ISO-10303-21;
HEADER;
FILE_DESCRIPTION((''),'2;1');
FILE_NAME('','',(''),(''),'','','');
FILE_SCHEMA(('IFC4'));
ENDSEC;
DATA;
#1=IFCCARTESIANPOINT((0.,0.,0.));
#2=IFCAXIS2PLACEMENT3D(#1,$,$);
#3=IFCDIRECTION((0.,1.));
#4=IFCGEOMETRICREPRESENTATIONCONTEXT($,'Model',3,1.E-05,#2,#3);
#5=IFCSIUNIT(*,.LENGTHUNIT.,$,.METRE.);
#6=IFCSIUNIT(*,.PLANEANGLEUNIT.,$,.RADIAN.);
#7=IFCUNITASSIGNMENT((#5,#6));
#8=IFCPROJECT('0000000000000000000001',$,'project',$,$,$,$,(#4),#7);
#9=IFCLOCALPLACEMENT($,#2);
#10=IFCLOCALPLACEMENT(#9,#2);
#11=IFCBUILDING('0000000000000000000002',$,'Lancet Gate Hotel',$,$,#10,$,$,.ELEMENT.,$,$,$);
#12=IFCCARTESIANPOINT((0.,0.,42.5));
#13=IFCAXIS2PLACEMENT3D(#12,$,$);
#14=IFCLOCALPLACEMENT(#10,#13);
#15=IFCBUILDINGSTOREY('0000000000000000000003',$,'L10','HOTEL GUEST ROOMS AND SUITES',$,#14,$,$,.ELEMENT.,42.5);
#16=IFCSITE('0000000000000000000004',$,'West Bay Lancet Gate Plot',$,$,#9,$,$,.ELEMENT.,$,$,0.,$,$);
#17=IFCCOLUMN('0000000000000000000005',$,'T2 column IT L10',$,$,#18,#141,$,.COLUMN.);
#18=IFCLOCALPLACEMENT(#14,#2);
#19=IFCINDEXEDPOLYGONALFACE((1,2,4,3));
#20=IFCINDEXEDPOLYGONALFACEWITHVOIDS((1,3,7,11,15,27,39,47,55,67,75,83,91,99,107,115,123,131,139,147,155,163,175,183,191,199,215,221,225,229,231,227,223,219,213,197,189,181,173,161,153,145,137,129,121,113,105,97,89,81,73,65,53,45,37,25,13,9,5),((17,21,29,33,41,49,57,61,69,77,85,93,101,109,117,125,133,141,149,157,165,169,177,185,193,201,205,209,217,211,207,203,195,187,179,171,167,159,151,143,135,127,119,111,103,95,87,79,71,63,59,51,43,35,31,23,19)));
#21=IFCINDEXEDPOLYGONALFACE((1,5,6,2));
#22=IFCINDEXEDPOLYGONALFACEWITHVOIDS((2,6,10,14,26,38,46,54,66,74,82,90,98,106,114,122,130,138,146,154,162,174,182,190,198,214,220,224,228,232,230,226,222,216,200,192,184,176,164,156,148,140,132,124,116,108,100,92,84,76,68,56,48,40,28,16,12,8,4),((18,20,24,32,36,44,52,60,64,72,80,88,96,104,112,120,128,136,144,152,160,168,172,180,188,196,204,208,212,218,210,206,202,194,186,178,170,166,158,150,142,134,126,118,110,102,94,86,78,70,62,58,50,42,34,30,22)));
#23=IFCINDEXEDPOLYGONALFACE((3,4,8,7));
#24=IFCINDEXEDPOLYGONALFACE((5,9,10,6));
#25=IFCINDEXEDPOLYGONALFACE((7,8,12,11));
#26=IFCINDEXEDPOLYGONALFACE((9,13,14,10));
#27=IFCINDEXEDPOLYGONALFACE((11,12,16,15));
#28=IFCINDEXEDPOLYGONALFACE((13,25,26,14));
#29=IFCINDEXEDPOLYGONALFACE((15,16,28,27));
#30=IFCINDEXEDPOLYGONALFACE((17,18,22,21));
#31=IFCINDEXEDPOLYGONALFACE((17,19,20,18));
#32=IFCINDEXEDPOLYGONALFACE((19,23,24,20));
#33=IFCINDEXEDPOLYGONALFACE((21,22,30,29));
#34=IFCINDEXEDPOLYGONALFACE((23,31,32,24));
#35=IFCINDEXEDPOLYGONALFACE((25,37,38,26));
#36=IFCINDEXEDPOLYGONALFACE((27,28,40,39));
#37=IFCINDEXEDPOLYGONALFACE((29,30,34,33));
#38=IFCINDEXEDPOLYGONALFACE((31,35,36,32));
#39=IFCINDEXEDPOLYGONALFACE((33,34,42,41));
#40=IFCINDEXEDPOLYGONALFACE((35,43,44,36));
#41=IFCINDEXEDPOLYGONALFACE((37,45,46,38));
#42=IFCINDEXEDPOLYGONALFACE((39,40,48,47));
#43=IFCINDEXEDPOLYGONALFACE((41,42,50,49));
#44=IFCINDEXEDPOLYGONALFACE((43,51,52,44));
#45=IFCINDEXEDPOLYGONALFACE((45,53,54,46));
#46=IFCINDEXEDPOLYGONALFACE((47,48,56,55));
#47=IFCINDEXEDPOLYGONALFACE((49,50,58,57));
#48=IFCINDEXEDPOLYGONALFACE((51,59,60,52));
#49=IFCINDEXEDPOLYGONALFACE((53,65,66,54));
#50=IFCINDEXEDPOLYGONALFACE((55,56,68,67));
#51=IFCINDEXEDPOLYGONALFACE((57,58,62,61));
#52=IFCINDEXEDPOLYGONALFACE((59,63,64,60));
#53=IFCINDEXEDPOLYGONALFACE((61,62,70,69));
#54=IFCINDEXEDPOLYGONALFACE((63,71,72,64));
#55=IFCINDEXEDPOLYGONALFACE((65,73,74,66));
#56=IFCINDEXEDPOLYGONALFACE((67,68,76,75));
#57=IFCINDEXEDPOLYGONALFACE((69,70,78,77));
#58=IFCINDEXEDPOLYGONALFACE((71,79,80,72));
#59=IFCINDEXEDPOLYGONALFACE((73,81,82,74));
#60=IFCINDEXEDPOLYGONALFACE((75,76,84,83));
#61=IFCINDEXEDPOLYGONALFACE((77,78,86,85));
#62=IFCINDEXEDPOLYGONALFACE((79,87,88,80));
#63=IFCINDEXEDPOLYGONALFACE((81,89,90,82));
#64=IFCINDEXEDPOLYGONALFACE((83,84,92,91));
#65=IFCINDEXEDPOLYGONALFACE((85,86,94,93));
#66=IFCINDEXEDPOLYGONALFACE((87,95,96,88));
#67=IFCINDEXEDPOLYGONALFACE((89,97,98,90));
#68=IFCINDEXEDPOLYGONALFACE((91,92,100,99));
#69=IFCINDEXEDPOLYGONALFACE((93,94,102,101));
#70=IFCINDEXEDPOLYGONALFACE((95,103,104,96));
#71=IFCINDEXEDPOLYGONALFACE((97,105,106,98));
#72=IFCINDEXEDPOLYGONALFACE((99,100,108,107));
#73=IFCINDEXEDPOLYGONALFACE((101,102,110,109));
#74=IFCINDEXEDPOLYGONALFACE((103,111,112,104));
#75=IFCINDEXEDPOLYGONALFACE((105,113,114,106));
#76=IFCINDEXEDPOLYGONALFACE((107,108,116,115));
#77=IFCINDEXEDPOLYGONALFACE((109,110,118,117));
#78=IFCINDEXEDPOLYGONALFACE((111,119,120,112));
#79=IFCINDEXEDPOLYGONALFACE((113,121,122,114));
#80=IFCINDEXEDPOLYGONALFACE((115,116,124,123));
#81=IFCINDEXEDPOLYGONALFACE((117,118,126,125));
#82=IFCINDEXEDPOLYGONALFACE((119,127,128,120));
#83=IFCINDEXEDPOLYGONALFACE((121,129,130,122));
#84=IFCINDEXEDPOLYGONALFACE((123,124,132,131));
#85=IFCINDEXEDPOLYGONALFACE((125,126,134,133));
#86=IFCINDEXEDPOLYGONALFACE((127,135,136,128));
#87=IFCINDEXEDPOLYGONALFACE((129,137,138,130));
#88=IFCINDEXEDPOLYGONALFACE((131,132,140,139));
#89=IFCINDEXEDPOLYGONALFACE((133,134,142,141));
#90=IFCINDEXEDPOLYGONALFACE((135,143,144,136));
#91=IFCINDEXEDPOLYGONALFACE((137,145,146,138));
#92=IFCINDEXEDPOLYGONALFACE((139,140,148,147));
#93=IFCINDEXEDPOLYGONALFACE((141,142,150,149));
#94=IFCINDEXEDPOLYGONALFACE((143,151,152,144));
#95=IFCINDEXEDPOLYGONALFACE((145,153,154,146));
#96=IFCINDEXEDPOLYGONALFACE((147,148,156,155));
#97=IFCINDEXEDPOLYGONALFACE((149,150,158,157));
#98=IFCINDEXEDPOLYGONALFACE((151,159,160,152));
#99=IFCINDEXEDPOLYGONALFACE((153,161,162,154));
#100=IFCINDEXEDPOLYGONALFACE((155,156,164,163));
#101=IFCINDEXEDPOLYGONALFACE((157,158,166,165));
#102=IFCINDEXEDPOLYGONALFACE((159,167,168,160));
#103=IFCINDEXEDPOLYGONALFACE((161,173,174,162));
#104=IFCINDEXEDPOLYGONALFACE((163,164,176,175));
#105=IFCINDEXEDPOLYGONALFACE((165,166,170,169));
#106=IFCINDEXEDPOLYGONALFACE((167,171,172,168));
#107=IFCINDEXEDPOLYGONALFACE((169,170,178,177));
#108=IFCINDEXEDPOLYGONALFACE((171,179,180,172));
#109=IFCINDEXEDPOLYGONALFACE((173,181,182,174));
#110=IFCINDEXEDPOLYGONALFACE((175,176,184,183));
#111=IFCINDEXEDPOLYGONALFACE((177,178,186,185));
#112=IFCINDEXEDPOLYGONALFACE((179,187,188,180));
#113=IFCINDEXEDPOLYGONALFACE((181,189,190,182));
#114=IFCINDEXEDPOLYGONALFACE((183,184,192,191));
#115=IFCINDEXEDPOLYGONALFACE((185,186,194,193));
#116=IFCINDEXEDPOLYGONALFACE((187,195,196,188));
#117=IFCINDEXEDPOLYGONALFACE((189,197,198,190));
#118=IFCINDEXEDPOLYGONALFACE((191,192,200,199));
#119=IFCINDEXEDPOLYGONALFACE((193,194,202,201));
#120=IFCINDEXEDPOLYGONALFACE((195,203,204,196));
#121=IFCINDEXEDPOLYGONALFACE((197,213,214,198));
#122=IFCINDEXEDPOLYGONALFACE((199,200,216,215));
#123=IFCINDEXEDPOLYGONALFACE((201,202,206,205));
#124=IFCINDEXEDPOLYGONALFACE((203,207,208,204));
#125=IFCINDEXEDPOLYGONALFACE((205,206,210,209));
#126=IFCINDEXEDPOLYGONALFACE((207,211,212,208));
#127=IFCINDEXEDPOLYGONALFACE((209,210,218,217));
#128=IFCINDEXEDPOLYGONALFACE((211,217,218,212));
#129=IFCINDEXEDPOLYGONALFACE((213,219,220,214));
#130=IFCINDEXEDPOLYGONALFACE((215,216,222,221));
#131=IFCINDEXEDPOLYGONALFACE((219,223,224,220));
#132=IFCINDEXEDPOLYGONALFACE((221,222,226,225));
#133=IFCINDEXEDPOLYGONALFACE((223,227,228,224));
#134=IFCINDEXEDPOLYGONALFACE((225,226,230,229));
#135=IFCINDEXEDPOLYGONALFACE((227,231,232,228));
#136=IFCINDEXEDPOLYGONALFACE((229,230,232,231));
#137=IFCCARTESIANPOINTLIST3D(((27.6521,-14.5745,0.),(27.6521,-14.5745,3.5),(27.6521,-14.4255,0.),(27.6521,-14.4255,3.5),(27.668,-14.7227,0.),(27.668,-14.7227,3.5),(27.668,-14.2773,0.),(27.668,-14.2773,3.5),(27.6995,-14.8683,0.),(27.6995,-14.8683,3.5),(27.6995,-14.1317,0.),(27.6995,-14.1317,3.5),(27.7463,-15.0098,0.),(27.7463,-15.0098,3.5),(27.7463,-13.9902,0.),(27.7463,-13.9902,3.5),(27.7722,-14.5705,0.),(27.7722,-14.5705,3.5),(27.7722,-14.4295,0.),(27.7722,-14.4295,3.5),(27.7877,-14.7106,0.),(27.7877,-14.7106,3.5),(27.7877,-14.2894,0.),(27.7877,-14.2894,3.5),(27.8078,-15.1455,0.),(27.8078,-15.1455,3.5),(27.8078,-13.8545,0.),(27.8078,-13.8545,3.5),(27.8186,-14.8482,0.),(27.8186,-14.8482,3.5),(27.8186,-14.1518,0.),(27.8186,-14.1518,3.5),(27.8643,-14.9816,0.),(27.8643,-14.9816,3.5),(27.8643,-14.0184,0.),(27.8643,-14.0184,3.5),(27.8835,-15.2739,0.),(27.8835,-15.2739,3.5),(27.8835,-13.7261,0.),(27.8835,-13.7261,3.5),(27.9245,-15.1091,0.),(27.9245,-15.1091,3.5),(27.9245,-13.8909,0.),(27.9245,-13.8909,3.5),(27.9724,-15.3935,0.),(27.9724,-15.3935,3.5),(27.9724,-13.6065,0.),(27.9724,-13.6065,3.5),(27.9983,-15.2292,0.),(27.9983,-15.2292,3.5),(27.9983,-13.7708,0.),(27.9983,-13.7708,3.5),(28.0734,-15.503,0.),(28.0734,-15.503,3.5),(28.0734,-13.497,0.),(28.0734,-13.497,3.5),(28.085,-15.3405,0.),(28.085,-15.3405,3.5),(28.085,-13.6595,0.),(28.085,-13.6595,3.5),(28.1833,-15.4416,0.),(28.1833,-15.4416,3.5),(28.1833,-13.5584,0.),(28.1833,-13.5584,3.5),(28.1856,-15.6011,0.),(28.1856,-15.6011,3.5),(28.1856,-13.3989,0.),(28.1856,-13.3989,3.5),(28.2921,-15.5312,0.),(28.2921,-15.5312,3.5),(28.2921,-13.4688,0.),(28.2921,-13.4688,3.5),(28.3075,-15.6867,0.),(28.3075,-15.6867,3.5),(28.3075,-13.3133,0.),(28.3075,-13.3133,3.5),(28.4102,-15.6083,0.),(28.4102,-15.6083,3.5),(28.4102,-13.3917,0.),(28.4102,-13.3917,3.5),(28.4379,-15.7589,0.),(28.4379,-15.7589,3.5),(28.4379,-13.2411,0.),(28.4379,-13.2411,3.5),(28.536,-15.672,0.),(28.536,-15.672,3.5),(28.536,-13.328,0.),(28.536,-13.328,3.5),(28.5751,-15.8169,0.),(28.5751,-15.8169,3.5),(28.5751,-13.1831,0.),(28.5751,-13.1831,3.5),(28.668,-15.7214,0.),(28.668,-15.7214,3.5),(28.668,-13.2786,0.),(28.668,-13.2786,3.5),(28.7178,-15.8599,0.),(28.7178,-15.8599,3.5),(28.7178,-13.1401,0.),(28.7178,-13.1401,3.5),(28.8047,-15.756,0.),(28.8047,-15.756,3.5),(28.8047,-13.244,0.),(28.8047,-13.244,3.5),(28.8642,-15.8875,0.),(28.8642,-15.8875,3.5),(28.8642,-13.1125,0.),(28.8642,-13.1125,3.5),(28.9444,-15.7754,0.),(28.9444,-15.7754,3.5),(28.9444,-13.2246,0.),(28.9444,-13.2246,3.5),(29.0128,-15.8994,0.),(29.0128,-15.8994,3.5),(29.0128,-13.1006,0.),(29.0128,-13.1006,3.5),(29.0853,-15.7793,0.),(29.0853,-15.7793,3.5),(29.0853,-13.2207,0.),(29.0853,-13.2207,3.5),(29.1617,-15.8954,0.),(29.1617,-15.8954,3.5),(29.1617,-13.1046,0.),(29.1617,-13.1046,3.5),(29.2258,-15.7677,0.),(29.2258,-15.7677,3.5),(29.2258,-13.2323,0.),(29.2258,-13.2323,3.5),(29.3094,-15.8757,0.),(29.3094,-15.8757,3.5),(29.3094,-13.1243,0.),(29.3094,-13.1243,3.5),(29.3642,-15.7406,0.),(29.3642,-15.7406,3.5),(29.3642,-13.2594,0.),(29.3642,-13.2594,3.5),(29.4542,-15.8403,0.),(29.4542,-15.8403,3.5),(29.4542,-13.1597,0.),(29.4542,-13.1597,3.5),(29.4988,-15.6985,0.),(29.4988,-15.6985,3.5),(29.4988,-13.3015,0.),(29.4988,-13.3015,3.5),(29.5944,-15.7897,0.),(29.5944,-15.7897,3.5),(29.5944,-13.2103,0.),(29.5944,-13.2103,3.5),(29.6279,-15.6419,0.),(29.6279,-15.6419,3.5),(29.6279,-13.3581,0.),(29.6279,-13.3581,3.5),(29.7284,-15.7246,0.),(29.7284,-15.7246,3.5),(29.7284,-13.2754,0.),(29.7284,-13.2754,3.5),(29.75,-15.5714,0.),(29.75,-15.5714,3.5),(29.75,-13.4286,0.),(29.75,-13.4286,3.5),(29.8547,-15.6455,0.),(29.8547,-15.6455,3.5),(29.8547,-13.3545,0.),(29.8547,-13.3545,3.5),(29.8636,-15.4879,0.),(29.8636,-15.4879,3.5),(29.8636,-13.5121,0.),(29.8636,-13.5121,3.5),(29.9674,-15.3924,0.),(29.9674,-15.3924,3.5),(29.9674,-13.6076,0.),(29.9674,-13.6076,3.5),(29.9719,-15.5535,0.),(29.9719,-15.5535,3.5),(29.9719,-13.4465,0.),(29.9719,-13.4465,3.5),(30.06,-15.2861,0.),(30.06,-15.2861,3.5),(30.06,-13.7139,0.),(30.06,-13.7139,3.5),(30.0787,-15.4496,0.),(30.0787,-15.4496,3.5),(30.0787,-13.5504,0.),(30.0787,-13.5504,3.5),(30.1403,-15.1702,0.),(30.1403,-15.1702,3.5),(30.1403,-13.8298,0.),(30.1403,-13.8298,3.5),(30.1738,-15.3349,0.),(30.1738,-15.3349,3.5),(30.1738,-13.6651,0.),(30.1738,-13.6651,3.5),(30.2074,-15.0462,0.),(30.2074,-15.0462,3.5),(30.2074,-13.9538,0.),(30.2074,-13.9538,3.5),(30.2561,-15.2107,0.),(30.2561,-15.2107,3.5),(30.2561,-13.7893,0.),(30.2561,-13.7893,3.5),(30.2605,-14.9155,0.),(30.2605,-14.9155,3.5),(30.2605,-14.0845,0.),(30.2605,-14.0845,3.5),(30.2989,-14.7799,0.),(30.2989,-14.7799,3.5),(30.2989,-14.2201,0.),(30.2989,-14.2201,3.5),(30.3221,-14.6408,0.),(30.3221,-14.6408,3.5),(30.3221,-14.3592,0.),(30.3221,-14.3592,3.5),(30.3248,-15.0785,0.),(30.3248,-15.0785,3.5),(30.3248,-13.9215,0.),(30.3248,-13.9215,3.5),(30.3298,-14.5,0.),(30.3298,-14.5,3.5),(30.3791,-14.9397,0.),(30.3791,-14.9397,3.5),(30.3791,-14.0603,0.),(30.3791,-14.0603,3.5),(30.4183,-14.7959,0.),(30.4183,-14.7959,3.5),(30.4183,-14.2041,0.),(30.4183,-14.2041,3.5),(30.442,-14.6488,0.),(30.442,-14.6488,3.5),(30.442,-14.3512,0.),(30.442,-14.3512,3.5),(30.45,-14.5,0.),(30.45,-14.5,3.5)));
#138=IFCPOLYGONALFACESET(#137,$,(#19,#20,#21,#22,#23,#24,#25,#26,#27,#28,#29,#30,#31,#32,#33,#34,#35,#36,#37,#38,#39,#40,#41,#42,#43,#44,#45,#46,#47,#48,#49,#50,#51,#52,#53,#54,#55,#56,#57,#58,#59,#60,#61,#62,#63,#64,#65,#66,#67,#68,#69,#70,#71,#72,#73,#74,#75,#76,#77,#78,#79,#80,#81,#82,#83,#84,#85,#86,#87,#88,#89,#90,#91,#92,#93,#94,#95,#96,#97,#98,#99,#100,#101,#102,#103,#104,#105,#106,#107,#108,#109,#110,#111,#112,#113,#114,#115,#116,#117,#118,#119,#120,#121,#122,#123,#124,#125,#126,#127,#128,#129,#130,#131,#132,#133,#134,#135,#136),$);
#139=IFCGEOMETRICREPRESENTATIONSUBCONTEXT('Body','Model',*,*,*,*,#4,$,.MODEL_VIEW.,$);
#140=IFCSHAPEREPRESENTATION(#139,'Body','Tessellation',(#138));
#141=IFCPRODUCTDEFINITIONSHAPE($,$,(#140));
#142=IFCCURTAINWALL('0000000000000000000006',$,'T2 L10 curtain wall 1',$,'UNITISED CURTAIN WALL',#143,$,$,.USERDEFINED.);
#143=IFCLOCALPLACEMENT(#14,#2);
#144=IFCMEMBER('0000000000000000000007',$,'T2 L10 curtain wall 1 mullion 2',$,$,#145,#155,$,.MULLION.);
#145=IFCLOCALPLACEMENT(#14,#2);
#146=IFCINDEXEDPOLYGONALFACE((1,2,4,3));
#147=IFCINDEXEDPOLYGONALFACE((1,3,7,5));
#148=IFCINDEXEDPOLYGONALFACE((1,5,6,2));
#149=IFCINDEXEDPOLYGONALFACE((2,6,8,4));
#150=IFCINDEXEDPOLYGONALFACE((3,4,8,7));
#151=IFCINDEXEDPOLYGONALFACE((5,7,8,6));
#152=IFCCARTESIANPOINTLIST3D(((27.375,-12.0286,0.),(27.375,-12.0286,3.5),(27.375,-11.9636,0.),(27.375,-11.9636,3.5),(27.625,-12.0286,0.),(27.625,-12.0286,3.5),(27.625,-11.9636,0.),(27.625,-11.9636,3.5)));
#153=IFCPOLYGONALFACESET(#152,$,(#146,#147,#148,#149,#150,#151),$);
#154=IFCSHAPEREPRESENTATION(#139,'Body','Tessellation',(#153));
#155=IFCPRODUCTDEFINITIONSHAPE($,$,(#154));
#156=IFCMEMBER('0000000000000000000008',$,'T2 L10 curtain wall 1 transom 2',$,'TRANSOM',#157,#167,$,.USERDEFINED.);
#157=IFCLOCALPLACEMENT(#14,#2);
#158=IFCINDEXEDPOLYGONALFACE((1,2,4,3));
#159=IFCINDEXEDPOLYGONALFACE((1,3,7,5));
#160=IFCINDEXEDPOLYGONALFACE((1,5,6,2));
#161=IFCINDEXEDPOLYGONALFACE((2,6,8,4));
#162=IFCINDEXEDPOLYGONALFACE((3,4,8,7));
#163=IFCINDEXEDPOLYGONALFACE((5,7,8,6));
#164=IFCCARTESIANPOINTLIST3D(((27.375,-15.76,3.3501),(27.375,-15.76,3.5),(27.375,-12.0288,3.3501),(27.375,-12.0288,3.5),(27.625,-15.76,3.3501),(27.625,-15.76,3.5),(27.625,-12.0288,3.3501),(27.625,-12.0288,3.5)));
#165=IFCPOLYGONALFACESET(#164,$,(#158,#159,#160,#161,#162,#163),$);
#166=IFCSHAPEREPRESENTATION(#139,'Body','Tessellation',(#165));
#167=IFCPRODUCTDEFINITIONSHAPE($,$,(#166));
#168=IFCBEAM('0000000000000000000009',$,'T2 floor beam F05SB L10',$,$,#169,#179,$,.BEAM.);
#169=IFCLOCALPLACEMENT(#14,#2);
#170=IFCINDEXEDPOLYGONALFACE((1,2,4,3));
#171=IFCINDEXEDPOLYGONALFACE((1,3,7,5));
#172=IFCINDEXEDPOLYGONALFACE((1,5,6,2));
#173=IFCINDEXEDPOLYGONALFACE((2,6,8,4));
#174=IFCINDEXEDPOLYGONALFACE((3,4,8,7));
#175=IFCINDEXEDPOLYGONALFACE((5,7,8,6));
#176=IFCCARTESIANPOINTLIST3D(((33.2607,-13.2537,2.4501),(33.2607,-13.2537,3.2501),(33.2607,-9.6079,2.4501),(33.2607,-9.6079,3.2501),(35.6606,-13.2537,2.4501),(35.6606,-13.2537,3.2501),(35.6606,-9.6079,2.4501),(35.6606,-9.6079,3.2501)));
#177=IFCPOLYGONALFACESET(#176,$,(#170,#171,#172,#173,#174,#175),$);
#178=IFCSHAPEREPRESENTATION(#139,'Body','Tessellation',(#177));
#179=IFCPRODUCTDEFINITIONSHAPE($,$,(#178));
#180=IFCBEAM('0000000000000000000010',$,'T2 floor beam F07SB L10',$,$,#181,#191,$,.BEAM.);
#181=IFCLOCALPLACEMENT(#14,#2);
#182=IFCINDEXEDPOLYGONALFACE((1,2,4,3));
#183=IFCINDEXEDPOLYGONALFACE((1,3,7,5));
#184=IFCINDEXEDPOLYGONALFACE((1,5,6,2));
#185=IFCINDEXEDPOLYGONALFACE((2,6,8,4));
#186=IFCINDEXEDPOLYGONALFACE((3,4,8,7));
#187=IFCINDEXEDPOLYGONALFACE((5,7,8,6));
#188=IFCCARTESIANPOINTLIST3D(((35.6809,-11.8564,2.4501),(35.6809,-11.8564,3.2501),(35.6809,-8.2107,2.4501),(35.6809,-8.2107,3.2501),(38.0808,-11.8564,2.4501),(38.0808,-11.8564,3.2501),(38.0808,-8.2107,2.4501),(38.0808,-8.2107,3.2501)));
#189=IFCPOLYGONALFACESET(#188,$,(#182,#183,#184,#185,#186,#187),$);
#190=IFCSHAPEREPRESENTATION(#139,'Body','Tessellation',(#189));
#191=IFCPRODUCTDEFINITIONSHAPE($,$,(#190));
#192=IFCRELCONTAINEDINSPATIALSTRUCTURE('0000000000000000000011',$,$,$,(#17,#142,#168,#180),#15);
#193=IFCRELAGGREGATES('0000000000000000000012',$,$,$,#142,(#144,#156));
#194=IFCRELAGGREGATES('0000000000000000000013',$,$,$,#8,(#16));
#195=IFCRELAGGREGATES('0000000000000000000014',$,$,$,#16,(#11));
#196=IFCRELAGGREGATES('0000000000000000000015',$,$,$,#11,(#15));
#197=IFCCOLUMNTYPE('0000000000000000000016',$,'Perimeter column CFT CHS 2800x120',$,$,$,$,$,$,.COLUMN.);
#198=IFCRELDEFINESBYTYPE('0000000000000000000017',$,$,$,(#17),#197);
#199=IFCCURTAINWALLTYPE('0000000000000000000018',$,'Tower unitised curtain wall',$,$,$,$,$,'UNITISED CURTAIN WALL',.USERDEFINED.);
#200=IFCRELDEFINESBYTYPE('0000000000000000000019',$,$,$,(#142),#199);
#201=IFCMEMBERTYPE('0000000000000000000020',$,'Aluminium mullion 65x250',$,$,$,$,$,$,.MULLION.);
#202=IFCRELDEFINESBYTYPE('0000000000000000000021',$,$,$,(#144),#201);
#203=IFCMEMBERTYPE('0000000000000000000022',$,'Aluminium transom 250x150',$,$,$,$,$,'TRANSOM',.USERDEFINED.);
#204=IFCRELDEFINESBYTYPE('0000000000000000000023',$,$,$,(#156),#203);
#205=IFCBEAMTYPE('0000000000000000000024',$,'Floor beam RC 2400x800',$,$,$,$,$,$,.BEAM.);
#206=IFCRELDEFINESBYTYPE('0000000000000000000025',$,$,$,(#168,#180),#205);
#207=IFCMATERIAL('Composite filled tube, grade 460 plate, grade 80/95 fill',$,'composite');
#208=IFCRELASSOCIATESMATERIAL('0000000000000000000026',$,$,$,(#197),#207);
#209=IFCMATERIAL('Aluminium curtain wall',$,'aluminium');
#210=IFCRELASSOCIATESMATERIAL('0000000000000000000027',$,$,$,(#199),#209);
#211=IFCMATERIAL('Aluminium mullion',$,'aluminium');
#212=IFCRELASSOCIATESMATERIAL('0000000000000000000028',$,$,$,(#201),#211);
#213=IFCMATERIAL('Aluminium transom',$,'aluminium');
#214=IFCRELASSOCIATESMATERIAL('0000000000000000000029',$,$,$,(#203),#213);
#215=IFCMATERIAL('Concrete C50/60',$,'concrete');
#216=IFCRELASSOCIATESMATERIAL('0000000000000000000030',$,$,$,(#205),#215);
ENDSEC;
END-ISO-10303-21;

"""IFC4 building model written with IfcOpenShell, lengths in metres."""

from ifc_helpers import new_model, si_unit, direction, frame, origin, origin_2d, place, context, subcontext, project, spatial, rectangle, hollow_circle, extrude, material, material_profile, profile_set, type_object, element, aggregate, save


model = new_model("IFC4")

# Units and contexts
model_context = context("Model", 3, precision=1e-05, world=origin(), true_north=direction((0.0, 1.0)))
body_context = subcontext(model_context, "Body", "Model", "MODEL_VIEW")
ifc_project = project(units=[si_unit("LENGTHUNIT", "METRE"), si_unit("PLANEANGLEUNIT", "RADIAN")], contexts=[model_context])

# Site, building, storey
site_placement = place(None, origin())
site = spatial("IfcSite", under=ifc_project, at=site_placement, Name="West Bay Lancet Gate Plot", CompositionType="ELEMENT", RefElevation=0.0)
building_placement = place(site_placement, origin())
building = spatial("IfcBuilding", under=site, at=building_placement, Name="Lancet Gate Hotel", CompositionType="ELEMENT")
storey_placement = place(building_placement, frame((0.0, 0.0, 42.5)))
storey = spatial("IfcBuildingStorey", under=building, at=storey_placement, Name="L10", Description="HOTEL GUEST ROOMS AND SUITES", CompositionType="ELEMENT", Elevation=42.5)

# Column
ifc_material_1 = material(Name="Composite filled tube, grade 460 plate, grade 80/95 fill", Category="composite")
ifc_material_profile_1 = material_profile(ifc_material_1, hollow_circle(Radius=1.3999, WallThickness=0.1201, at=origin_2d()), Name="CHS 2800x120")
ifc_profile_set_1 = profile_set([ifc_material_profile_1], Name="Composite filled tube, grade 460 plate, grade 80/95 fill")
column_type = type_object("IfcColumnType", Name="Perimeter column CFT CHS 2800x120", PredefinedType="COLUMN", material=ifc_profile_set_1)
for number, where, z_axis, x_axis, name in (
    (1, (29.05, -14.5, 0.0), (0.0, 0.0, 1.0), (1.0, 0.0, 0.0), "T2 column IT L10"),
):
    element("IfcColumn", number, at=place(storey_placement, frame(where, z_axis=z_axis, x_axis=x_axis)), inside=storey, type_object=column_type, Name=name, PredefinedType="COLUMN", context=body_context, shape_type="SweptSolid", body=[
        extrude(hollow_circle(Radius=1.3999, WallThickness=0.1201, at=origin_2d()), origin(), (0.0, 0.0, 1.0), 3.5),
    ])

# Curtain wall, members
ifc_material_2 = material(Name="Aluminium curtain wall", Category="aluminium")
curtain_wall_type = type_object("IfcCurtainWallType", Name="Tower unitised curtain wall", ElementType="UNITISED CURTAIN WALL", PredefinedType="USERDEFINED", material=ifc_material_2)
curtain_wall_placement = place(storey_placement, origin())
curtain_wall = element("IfcCurtainWall", 2, at=curtain_wall_placement, inside=storey, type_object=curtain_wall_type, Name="T2 L10 curtain wall 1", ObjectType="UNITISED CURTAIN WALL", PredefinedType="USERDEFINED")
ifc_material_3 = material(Name="Aluminium mullion", Category="aluminium")
ifc_material_profile_2 = material_profile(ifc_material_3, rectangle(XDim=0.0649, YDim=0.25, at=origin_2d()), Name="MULLION 65x250")
ifc_profile_set_2 = profile_set([ifc_material_profile_2], Name="Aluminium mullion")
member_type_1 = type_object("IfcMemberType", Name="Aluminium mullion 65x250", PredefinedType="MULLION", material=ifc_profile_set_2)
member_1_placement = place(storey_placement, frame((27.5, -11.9961, 0.0), z_axis=(0.0, 0.0, 1.0), x_axis=(0.0, -1.0, 0.0)))
member_1 = element("IfcMember", 3, at=member_1_placement, type_object=member_type_1, Name="T2 L10 curtain wall 1 mullion 2", PredefinedType="MULLION", context=body_context, shape_type="SweptSolid", body=[
    extrude(rectangle(XDim=0.0649, YDim=0.25, at=origin_2d()), origin(), (0.0, 0.0, 1.0), 3.5),
])
ifc_material_4 = material(Name="Aluminium transom", Category="aluminium")
ifc_material_profile_3 = material_profile(ifc_material_4, rectangle(XDim=0.25, YDim=0.1499, at=origin_2d()), Name="TRANSOM 250x150")
ifc_profile_set_3 = profile_set([ifc_material_profile_3], Name="Aluminium transom")
member_type_2 = type_object("IfcMemberType", Name="Aluminium transom 250x150", ElementType="TRANSOM", PredefinedType="USERDEFINED", material=ifc_profile_set_3)
member_2_placement = place(storey_placement, frame((27.5, -12.0288, 3.425), z_axis=(0.0, -1.0, 0.0), x_axis=(1.0, 0.0, 0.0)))
member_2 = element("IfcMember", 4, at=member_2_placement, type_object=member_type_2, Name="T2 L10 curtain wall 1 transom 2", ObjectType="TRANSOM", PredefinedType="USERDEFINED", context=body_context, shape_type="SweptSolid", body=[
    extrude(rectangle(XDim=0.25, YDim=0.1499, at=origin_2d()), origin(), (0.0, 0.0, 1.0), 3.7312),
])

# Beams
ifc_material_5 = material(Name="Concrete C50/60", Category="concrete")
ifc_material_profile_4 = material_profile(ifc_material_5, rectangle(XDim=2.3999, YDim=0.8, at=origin_2d()), Name="RC 2400x800")
ifc_profile_set_4 = profile_set([ifc_material_profile_4], Name="Concrete C50/60")
beam_type_1 = type_object("IfcBeamType", Name="Floor beam RC 2400x800", PredefinedType="BEAM", material=ifc_profile_set_4)
for number, where, z_axis, x_axis, name in (
    (5, (34.4607, -13.2537, 2.8501), (0.0, 1.0, 0.0), (-1.0, 0.0, 0.0), "T2 floor beam F05SB L10"),
    (6, (36.8809, -11.8564, 2.8501), (0.0, 1.0, 0.0), (-1.0, 0.0, 0.0), "T2 floor beam F07SB L10"),
):
    element("IfcBeam", number, at=place(storey_placement, frame(where, z_axis=z_axis, x_axis=x_axis)), inside=storey, type_object=beam_type_1, Name=name, PredefinedType="BEAM", context=body_context, shape_type="SweptSolid", body=[
        extrude(rectangle(XDim=2.3999, YDim=0.8, at=origin_2d()), origin(), (0.0, 0.0, 1.0), 3.6458),
    ])

aggregate(curtain_wall, [member_1, member_2])

save(model, "model.ifc")
